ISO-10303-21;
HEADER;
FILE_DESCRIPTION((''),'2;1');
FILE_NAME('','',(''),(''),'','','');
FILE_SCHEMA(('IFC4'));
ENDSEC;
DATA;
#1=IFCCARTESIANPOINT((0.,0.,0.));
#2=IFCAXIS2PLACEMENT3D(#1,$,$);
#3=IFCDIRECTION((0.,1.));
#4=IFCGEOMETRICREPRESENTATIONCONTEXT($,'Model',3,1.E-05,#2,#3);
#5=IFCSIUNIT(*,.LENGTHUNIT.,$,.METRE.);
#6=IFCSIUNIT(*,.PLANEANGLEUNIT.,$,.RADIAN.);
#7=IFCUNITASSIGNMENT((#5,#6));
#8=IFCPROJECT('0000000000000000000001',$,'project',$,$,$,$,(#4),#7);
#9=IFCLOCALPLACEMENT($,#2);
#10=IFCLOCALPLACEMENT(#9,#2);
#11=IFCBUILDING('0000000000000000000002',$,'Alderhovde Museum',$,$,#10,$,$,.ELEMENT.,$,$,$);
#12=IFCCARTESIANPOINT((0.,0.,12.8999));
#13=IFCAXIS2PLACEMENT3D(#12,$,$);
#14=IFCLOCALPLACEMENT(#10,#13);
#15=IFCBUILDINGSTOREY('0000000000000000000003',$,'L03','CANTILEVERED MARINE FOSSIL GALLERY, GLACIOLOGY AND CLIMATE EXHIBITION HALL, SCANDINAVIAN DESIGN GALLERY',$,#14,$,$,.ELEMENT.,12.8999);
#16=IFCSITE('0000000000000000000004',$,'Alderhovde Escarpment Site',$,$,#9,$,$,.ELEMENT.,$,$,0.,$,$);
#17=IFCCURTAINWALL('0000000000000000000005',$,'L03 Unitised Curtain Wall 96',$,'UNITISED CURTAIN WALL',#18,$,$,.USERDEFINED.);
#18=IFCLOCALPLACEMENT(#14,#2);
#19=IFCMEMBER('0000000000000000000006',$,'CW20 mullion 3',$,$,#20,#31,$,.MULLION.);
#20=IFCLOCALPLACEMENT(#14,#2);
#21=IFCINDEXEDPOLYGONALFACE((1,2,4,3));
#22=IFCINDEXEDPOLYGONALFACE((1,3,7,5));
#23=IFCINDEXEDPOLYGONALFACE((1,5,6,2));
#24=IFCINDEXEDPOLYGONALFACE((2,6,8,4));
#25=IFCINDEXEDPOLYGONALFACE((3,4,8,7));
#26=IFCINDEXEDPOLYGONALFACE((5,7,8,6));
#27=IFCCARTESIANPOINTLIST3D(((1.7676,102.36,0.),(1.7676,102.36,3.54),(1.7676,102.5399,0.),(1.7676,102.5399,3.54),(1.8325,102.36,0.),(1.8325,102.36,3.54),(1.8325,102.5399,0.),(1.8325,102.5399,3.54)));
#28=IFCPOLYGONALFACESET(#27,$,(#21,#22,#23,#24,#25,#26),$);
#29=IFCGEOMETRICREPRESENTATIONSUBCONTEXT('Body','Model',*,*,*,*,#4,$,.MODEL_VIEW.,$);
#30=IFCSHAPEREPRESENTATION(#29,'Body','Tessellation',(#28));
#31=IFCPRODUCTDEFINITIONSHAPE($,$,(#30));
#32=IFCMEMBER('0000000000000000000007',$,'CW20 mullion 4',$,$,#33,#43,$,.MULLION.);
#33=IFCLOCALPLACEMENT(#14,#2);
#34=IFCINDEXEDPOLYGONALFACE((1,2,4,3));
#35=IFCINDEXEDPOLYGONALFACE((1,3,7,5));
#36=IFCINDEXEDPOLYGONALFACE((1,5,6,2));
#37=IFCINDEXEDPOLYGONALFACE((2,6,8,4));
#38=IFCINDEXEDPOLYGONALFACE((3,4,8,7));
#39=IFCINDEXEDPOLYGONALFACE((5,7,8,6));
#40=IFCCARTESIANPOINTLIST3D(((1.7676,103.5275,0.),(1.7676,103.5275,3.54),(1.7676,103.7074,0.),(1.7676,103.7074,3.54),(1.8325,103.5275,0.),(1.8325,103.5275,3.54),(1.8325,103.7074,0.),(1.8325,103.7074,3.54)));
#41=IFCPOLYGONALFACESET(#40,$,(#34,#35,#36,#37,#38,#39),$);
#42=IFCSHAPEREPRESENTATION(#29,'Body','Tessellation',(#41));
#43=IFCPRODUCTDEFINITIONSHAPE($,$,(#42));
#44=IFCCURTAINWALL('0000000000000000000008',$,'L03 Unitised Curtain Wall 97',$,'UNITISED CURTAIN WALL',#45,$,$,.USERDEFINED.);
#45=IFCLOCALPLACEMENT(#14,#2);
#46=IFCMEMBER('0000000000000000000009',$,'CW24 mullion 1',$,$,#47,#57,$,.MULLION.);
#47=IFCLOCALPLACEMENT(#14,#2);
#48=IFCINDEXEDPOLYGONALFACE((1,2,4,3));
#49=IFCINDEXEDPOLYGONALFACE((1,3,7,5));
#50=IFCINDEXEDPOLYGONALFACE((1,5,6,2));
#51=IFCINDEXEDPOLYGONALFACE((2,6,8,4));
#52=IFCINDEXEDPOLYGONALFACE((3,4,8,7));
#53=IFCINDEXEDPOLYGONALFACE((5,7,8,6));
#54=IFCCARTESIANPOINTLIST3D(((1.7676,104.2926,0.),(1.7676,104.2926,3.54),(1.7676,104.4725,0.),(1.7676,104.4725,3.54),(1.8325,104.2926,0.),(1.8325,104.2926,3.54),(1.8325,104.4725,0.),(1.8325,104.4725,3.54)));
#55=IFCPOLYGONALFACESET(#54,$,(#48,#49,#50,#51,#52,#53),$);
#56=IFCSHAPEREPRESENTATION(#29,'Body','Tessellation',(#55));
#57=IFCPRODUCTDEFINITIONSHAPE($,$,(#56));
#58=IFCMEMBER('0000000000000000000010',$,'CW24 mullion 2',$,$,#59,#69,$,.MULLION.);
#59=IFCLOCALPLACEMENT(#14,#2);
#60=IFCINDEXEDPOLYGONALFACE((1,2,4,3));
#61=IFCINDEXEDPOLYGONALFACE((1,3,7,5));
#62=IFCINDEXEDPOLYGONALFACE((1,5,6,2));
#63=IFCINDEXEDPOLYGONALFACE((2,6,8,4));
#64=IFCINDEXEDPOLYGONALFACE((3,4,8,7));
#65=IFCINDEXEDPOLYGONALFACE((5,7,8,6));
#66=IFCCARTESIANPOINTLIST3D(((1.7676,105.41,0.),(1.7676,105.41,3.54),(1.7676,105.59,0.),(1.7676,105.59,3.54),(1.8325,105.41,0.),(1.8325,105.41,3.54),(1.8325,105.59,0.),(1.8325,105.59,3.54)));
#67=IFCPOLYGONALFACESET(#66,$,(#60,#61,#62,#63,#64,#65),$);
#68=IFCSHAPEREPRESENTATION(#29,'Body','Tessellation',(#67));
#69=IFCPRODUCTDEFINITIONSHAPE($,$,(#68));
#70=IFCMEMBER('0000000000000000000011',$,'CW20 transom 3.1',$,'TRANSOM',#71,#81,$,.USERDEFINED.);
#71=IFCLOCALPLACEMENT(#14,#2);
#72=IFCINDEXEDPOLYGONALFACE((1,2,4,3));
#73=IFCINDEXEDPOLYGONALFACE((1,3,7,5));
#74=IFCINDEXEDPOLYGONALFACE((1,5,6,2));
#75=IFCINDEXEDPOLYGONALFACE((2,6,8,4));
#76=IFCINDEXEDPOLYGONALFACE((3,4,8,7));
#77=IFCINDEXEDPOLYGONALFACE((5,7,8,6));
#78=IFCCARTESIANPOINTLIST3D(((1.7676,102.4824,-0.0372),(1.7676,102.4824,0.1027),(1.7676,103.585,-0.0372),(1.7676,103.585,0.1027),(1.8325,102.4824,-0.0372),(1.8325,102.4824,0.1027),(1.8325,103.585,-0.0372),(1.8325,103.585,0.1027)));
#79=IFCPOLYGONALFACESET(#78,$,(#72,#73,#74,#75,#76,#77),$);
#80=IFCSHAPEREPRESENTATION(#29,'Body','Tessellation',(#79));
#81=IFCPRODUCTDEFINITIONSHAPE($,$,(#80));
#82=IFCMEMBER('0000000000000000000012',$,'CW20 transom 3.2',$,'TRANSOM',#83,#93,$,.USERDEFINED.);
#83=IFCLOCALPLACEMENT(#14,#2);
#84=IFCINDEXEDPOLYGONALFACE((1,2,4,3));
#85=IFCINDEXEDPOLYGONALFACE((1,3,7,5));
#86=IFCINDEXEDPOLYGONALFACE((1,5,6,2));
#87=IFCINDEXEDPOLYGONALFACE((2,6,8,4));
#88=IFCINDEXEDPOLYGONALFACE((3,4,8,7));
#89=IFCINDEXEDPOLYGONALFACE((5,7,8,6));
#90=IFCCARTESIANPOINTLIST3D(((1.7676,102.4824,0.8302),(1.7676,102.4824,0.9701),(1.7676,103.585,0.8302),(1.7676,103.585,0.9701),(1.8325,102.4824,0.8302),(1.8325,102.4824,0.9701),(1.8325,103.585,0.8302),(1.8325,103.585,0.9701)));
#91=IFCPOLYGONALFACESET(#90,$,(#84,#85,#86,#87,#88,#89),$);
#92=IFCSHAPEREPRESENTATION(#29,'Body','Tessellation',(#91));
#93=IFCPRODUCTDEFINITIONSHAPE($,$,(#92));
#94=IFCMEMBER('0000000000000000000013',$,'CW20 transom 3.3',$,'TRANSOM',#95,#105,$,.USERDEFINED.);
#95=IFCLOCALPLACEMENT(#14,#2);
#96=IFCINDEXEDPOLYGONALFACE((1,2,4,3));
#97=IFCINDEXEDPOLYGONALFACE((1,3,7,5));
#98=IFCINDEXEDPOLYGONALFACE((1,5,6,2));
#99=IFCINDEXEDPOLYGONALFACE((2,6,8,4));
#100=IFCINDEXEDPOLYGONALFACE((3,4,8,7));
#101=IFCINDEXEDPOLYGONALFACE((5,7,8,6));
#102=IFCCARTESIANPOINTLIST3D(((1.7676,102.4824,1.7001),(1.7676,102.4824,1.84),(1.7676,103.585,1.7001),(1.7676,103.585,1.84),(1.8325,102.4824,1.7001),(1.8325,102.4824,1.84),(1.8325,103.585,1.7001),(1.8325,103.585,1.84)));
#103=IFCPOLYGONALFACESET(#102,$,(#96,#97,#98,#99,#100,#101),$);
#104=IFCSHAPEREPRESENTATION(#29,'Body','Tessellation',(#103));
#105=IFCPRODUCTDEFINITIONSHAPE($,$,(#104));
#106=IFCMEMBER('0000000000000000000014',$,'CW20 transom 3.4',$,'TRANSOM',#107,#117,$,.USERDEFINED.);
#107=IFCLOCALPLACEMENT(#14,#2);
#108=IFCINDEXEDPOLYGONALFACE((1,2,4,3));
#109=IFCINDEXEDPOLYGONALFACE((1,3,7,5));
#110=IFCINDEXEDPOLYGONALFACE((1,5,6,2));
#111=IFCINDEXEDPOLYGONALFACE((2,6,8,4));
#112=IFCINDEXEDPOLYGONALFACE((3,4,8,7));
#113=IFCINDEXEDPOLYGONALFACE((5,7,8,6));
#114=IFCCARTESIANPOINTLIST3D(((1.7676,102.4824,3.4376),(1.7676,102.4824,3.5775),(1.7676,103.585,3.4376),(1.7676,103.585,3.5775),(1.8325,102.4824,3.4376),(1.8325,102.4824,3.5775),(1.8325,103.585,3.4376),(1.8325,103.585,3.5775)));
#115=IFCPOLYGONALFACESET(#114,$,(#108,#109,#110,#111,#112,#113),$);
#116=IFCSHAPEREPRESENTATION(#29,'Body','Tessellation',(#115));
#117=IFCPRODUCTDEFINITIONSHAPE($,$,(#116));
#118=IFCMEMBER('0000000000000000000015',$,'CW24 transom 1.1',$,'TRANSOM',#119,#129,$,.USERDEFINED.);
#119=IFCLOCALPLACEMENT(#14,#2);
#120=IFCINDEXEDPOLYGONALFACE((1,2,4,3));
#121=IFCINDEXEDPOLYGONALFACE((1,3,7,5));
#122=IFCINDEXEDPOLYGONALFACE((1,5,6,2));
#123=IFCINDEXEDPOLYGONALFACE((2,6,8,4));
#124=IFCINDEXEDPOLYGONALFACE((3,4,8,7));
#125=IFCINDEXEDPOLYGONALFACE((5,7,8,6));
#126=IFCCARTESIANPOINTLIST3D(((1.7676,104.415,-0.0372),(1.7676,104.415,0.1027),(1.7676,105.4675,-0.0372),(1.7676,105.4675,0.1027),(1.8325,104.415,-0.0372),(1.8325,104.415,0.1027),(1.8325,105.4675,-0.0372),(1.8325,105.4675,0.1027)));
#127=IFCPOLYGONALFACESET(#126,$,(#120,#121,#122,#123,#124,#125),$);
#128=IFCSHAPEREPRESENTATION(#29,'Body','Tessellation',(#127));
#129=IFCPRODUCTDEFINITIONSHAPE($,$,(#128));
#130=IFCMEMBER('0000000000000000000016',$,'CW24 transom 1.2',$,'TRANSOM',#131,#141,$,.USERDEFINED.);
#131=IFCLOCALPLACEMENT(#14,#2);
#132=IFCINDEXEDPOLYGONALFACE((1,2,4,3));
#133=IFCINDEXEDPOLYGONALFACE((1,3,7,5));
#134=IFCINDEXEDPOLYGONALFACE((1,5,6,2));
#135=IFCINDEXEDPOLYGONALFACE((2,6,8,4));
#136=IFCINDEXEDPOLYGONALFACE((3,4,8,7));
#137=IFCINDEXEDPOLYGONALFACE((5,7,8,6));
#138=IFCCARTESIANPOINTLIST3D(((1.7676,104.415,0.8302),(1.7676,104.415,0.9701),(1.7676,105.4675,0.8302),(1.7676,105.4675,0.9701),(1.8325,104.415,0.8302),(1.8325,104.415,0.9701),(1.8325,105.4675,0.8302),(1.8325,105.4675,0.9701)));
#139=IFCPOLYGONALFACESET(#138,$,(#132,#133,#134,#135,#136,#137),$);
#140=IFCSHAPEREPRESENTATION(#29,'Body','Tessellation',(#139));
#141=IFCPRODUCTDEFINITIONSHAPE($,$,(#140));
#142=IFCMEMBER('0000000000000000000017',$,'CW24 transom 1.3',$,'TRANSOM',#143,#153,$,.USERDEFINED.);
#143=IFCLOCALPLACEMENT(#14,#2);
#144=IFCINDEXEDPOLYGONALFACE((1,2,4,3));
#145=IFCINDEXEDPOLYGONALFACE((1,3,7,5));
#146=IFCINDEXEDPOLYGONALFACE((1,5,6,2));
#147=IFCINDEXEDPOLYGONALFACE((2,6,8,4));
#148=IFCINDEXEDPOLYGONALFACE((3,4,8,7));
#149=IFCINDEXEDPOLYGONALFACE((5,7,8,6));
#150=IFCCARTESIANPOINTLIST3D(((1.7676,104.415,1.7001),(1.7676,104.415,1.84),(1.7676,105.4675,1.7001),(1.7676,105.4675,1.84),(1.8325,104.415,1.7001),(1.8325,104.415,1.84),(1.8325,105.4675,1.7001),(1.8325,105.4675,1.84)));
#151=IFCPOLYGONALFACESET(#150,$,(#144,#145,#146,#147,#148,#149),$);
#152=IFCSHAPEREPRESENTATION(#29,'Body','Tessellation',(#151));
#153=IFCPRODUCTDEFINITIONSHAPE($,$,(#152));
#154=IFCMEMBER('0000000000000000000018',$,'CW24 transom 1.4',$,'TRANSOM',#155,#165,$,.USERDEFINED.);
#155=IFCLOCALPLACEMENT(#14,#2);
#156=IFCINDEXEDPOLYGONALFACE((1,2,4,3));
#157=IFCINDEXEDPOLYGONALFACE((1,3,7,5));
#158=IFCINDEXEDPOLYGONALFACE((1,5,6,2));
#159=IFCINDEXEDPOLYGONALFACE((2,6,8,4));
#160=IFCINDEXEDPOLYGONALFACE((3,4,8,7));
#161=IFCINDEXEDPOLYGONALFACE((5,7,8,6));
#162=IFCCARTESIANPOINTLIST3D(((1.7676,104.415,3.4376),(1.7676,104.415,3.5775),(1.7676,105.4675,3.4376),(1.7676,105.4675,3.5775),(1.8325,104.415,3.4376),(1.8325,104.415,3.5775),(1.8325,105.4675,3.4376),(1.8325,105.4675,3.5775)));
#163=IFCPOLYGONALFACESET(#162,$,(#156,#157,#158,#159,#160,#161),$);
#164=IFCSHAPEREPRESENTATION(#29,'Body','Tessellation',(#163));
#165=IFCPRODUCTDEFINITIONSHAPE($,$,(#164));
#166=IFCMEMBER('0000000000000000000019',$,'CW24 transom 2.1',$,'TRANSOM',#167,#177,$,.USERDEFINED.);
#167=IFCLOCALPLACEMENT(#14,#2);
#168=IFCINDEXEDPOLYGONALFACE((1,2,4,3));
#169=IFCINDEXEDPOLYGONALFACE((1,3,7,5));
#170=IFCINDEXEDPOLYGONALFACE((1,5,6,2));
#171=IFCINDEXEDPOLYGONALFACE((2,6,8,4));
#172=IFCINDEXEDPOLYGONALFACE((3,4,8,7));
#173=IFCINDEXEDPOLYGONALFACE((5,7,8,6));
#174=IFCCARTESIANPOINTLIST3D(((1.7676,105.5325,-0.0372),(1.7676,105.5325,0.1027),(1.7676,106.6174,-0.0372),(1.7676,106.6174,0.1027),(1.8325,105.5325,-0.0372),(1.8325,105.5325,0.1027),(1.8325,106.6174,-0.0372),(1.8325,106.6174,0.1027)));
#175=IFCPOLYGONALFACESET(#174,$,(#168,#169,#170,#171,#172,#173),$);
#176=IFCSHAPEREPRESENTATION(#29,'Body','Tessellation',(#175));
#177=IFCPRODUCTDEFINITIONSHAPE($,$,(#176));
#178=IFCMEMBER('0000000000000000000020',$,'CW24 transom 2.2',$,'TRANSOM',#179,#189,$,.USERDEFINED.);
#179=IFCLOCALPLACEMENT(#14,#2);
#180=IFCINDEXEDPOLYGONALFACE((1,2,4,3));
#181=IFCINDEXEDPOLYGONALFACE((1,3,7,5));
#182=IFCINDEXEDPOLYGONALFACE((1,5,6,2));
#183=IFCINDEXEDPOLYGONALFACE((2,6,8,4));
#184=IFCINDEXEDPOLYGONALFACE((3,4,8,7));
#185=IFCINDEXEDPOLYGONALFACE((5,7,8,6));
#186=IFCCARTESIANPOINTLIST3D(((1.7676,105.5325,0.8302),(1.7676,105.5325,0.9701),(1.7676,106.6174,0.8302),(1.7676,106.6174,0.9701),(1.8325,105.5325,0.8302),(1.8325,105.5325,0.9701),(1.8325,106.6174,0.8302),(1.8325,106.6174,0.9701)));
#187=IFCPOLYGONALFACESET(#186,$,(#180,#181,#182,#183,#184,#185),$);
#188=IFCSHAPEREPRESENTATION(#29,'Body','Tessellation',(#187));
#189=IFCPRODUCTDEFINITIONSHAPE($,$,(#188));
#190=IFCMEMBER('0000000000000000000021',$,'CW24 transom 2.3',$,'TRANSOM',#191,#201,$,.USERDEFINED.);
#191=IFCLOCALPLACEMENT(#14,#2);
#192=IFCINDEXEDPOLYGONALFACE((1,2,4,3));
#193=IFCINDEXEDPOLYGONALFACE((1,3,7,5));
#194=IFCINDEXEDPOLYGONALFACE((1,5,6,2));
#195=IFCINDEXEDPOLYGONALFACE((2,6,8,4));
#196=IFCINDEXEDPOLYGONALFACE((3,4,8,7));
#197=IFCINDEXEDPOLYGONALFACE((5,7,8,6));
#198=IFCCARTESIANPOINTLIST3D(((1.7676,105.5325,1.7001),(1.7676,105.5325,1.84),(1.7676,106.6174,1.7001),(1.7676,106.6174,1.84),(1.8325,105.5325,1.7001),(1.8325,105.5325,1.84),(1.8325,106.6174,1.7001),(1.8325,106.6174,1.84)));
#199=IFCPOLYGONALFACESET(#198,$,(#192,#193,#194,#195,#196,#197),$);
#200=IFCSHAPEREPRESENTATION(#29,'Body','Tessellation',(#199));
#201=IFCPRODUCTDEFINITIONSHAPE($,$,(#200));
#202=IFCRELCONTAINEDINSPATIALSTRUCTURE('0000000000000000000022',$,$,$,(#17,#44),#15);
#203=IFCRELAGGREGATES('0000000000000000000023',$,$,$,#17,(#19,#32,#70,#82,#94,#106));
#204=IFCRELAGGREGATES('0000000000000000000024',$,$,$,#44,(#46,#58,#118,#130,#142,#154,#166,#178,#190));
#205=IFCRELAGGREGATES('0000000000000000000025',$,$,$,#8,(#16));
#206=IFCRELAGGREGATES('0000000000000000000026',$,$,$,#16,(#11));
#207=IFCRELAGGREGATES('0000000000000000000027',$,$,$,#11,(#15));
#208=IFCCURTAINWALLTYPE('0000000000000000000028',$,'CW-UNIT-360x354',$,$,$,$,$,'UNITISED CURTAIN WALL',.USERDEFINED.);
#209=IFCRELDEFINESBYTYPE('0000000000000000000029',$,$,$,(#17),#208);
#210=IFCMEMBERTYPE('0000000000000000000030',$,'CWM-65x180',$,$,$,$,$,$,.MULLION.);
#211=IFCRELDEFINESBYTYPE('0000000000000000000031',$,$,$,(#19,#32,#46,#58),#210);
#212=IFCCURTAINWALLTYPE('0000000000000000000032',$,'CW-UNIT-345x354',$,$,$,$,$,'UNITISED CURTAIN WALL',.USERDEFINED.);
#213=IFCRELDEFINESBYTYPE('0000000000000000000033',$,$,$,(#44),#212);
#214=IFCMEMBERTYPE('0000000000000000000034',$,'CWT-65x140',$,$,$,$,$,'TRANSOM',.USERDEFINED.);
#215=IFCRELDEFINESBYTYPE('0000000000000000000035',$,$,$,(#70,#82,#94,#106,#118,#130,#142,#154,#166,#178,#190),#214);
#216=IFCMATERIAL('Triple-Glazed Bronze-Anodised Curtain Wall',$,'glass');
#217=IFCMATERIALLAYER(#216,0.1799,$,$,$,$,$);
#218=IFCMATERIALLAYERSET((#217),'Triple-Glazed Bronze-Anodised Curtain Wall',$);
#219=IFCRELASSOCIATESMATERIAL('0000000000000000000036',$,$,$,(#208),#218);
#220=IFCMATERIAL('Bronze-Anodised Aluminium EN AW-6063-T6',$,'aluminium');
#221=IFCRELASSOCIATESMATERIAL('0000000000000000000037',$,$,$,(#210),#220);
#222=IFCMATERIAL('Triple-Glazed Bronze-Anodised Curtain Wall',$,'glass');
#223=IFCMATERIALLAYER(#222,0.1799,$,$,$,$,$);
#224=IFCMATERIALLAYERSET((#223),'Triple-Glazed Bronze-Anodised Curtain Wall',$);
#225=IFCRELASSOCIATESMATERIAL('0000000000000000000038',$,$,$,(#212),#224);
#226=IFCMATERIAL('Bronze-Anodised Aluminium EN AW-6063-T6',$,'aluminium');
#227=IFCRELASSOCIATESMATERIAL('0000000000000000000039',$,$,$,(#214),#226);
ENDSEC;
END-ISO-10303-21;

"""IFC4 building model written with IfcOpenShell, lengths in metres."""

from ifc_helpers import new_model, si_unit, direction, frame, origin, origin_2d, place, context, subcontext, project, spatial, rectangle, extrude, material, layer, layer_set, material_profile, profile_set, type_object, element, aggregate, save


model = new_model("IFC4")

# Units and contexts
model_context = context("Model", 3, precision=1e-05, world=origin(), true_north=direction((0.0, 1.0)))
body_context = subcontext(model_context, "Body", "Model", "MODEL_VIEW")
ifc_project = project(units=[si_unit("LENGTHUNIT", "METRE"), si_unit("PLANEANGLEUNIT", "RADIAN")], contexts=[model_context])

# Site, building, storey
site_placement = place(None, origin())
site = spatial("IfcSite", under=ifc_project, at=site_placement, Name="Alderhovde Escarpment Site", CompositionType="ELEMENT", RefElevation=0.0)
building_placement = place(site_placement, origin())
building = spatial("IfcBuilding", under=site, at=building_placement, Name="Alderhovde Museum", CompositionType="ELEMENT")
storey_placement = place(building_placement, frame((0.0, 0.0, 12.8999)))
storey = spatial("IfcBuildingStorey", under=building, at=storey_placement, Name="L03", Description="CANTILEVERED MARINE FOSSIL GALLERY, GLACIOLOGY AND CLIMATE EXHIBITION HALL, SCANDINAVIAN DESIGN GALLERY", CompositionType="ELEMENT", Elevation=12.8999)

# Curtain walls, members
ifc_material_1 = material(Name="Triple-Glazed Bronze-Anodised Curtain Wall", Category="glass")
ifc_layer_1 = layer(ifc_material_1, 0.1799)
ifc_layer_set_1 = layer_set([ifc_layer_1], Name="Triple-Glazed Bronze-Anodised Curtain Wall")
curtain_wall_type_1 = type_object("IfcCurtainWallType", Name="CW-UNIT-360x354", ElementType="UNITISED CURTAIN WALL", PredefinedType="USERDEFINED", material=ifc_layer_set_1)
curtain_wall_1_placement = place(storey_placement, origin())
curtain_wall_1 = element("IfcCurtainWall", 1, at=curtain_wall_1_placement, inside=storey, type_object=curtain_wall_type_1, Name="L03 Unitised Curtain Wall 96", ObjectType="UNITISED CURTAIN WALL", PredefinedType="USERDEFINED")
ifc_material_2 = material(Name="Bronze-Anodised Aluminium EN AW-6063-T6", Category="aluminium")
ifc_material_profile_1 = material_profile(ifc_material_2, rectangle(XDim=0.0649, YDim=0.1799, at=origin_2d()), Name="MULLION 65x180")
ifc_profile_set_1 = profile_set([ifc_material_profile_1], Name="Bronze-Anodised Aluminium EN AW-6063-T6")
member_type_1 = type_object("IfcMemberType", Name="CWM-65x180", PredefinedType="MULLION", material=ifc_profile_set_1)
member_1_placement = place(storey_placement, frame((1.8, 102.45, 0.0), z_axis=(0.0, 0.0, 1.0), x_axis=(-1.0, 0.0, 0.0)))
member_1 = element("IfcMember", 2, at=member_1_placement, type_object=member_type_1, Name="CW20 mullion 3", PredefinedType="MULLION", context=body_context, shape_type="SweptSolid", body=[
    extrude(rectangle(XDim=0.0649, YDim=0.1799, at=origin_2d()), origin(), (0.0, 0.0, 1.0), 3.54),
])
member_2_placement = place(storey_placement, frame((1.8, 103.6174, 0.0), z_axis=(0.0, 0.0, 1.0), x_axis=(-1.0, 0.0, 0.0)))
member_2 = element("IfcMember", 3, at=member_2_placement, type_object=member_type_1, Name="CW20 mullion 4", PredefinedType="MULLION", context=body_context, shape_type="SweptSolid", body=[
    extrude(rectangle(XDim=0.0649, YDim=0.1799, at=origin_2d()), origin(), (0.0, 0.0, 1.0), 3.54),
])
ifc_material_3 = material(Name="Triple-Glazed Bronze-Anodised Curtain Wall", Category="glass")
ifc_layer_2 = layer(ifc_material_3, 0.1799)
ifc_layer_set_2 = layer_set([ifc_layer_2], Name="Triple-Glazed Bronze-Anodised Curtain Wall")
curtain_wall_type_2 = type_object("IfcCurtainWallType", Name="CW-UNIT-345x354", ElementType="UNITISED CURTAIN WALL", PredefinedType="USERDEFINED", material=ifc_layer_set_2)
curtain_wall_2_placement = place(storey_placement, origin())
curtain_wall_2 = element("IfcCurtainWall", 4, at=curtain_wall_2_placement, inside=storey, type_object=curtain_wall_type_2, Name="L03 Unitised Curtain Wall 97", ObjectType="UNITISED CURTAIN WALL", PredefinedType="USERDEFINED")
member_3_placement = place(storey_placement, frame((1.8, 104.3826, 0.0), z_axis=(0.0, 0.0, 1.0), x_axis=(-1.0, 0.0, 0.0)))
member_3 = element("IfcMember", 5, at=member_3_placement, type_object=member_type_1, Name="CW24 mullion 1", PredefinedType="MULLION", context=body_context, shape_type="SweptSolid", body=[
    extrude(rectangle(XDim=0.0649, YDim=0.1799, at=origin_2d()), origin(), (0.0, 0.0, 1.0), 3.54),
])
member_4_placement = place(storey_placement, frame((1.8, 105.5, 0.0), z_axis=(0.0, 0.0, 1.0), x_axis=(-1.0, 0.0, 0.0)))
member_4 = element("IfcMember", 6, at=member_4_placement, type_object=member_type_1, Name="CW24 mullion 2", PredefinedType="MULLION", context=body_context, shape_type="SweptSolid", body=[
    extrude(rectangle(XDim=0.0649, YDim=0.1799, at=origin_2d()), origin(), (0.0, 0.0, 1.0), 3.54),
])

# Members
ifc_material_4 = material(Name="Bronze-Anodised Aluminium EN AW-6063-T6", Category="aluminium")
ifc_material_profile_2 = material_profile(ifc_material_4, rectangle(XDim=0.0649, YDim=0.1399, at=origin_2d()), Name="TRANSOM 65x140")
ifc_profile_set_2 = profile_set([ifc_material_profile_2], Name="Bronze-Anodised Aluminium EN AW-6063-T6")
member_type_2 = type_object("IfcMemberType", Name="CWT-65x140", ElementType="TRANSOM", PredefinedType="USERDEFINED", material=ifc_profile_set_2)
member_5_placement = place(storey_placement, frame((1.8, 102.4824, 0.0327), z_axis=(0.0, 1.0, 0.0), x_axis=(-1.0, 0.0, 0.0)))
member_5 = element("IfcMember", 7, at=member_5_placement, type_object=member_type_2, Name="CW20 transom 3.1", ObjectType="TRANSOM", PredefinedType="USERDEFINED", context=body_context, shape_type="SweptSolid", body=[
    extrude(rectangle(XDim=0.0649, YDim=0.1399, at=origin_2d()), origin(), (0.0, 0.0, 1.0), 1.1025),
])
member_6_placement = place(storey_placement, frame((1.8, 102.4824, 0.9001), z_axis=(0.0, 1.0, 0.0), x_axis=(-1.0, 0.0, 0.0)))
member_6 = element("IfcMember", 8, at=member_6_placement, type_object=member_type_2, Name="CW20 transom 3.2", ObjectType="TRANSOM", PredefinedType="USERDEFINED", context=body_context, shape_type="SweptSolid", body=[
    extrude(rectangle(XDim=0.0649, YDim=0.1399, at=origin_2d()), origin(), (0.0, 0.0, 1.0), 1.1025),
])
member_7_placement = place(storey_placement, frame((1.8, 102.4824, 1.77), z_axis=(0.0, 1.0, 0.0), x_axis=(-1.0, 0.0, 0.0)))
member_7 = element("IfcMember", 9, at=member_7_placement, type_object=member_type_2, Name="CW20 transom 3.3", ObjectType="TRANSOM", PredefinedType="USERDEFINED", context=body_context, shape_type="SweptSolid", body=[
    extrude(rectangle(XDim=0.0649, YDim=0.1399, at=origin_2d()), origin(), (0.0, 0.0, 1.0), 1.1025),
])
member_8_placement = place(storey_placement, frame((1.8, 102.4824, 3.5076), z_axis=(0.0, 1.0, 0.0), x_axis=(-1.0, 0.0, 0.0)))
member_8 = element("IfcMember", 10, at=member_8_placement, type_object=member_type_2, Name="CW20 transom 3.4", ObjectType="TRANSOM", PredefinedType="USERDEFINED", context=body_context, shape_type="SweptSolid", body=[
    extrude(rectangle(XDim=0.0649, YDim=0.1399, at=origin_2d()), origin(), (0.0, 0.0, 1.0), 1.1025),
])
member_9_placement = place(storey_placement, frame((1.8, 104.415, 0.0327), z_axis=(0.0, 1.0, 0.0), x_axis=(-1.0, 0.0, 0.0)))
member_9 = element("IfcMember", 11, at=member_9_placement, type_object=member_type_2, Name="CW24 transom 1.1", ObjectType="TRANSOM", PredefinedType="USERDEFINED", context=body_context, shape_type="SweptSolid", body=[
    extrude(rectangle(XDim=0.0649, YDim=0.1399, at=origin_2d()), origin(), (0.0, 0.0, 1.0), 1.0525),
])
member_10_placement = place(storey_placement, frame((1.8, 104.415, 0.9001), z_axis=(0.0, 1.0, 0.0), x_axis=(-1.0, 0.0, 0.0)))
member_10 = element("IfcMember", 12, at=member_10_placement, type_object=member_type_2, Name="CW24 transom 1.2", ObjectType="TRANSOM", PredefinedType="USERDEFINED", context=body_context, shape_type="SweptSolid", body=[
    extrude(rectangle(XDim=0.0649, YDim=0.1399, at=origin_2d()), origin(), (0.0, 0.0, 1.0), 1.0525),
])
member_11_placement = place(storey_placement, frame((1.8, 104.415, 1.77), z_axis=(0.0, 1.0, 0.0), x_axis=(-1.0, 0.0, 0.0)))
member_11 = element("IfcMember", 13, at=member_11_placement, type_object=member_type_2, Name="CW24 transom 1.3", ObjectType="TRANSOM", PredefinedType="USERDEFINED", context=body_context, shape_type="SweptSolid", body=[
    extrude(rectangle(XDim=0.0649, YDim=0.1399, at=origin_2d()), origin(), (0.0, 0.0, 1.0), 1.0525),
])
member_12_placement = place(storey_placement, frame((1.8, 104.415, 3.5076), z_axis=(0.0, 1.0, 0.0), x_axis=(-1.0, 0.0, 0.0)))
member_12 = element("IfcMember", 14, at=member_12_placement, type_object=member_type_2, Name="CW24 transom 1.4", ObjectType="TRANSOM", PredefinedType="USERDEFINED", context=body_context, shape_type="SweptSolid", body=[
    extrude(rectangle(XDim=0.0649, YDim=0.1399, at=origin_2d()), origin(), (0.0, 0.0, 1.0), 1.0525),
])
member_13_placement = place(storey_placement, frame((1.8, 105.5325, 0.0327), z_axis=(0.0, 1.0, 0.0), x_axis=(-1.0, 0.0, 0.0)))
member_13 = element("IfcMember", 15, at=member_13_placement, type_object=member_type_2, Name="CW24 transom 2.1", ObjectType="TRANSOM", PredefinedType="USERDEFINED", context=body_context, shape_type="SweptSolid", body=[
    extrude(rectangle(XDim=0.0649, YDim=0.1399, at=origin_2d()), origin(), (0.0, 0.0, 1.0), 1.085),
])
member_14_placement = place(storey_placement, frame((1.8, 105.5325, 0.9001), z_axis=(0.0, 1.0, 0.0), x_axis=(-1.0, 0.0, 0.0)))
member_14 = element("IfcMember", 16, at=member_14_placement, type_object=member_type_2, Name="CW24 transom 2.2", ObjectType="TRANSOM", PredefinedType="USERDEFINED", context=body_context, shape_type="SweptSolid", body=[
    extrude(rectangle(XDim=0.0649, YDim=0.1399, at=origin_2d()), origin(), (0.0, 0.0, 1.0), 1.085),
])
member_15_placement = place(storey_placement, frame((1.8, 105.5325, 1.77), z_axis=(0.0, 1.0, 0.0), x_axis=(-1.0, 0.0, 0.0)))
member_15 = element("IfcMember", 17, at=member_15_placement, type_object=member_type_2, Name="CW24 transom 2.3", ObjectType="TRANSOM", PredefinedType="USERDEFINED", context=body_context, shape_type="SweptSolid", body=[
    extrude(rectangle(XDim=0.0649, YDim=0.1399, at=origin_2d()), origin(), (0.0, 0.0, 1.0), 1.085),
])

aggregate(curtain_wall_1, [member_1, member_2, member_5, member_6, member_7, member_8])
aggregate(curtain_wall_2, [member_3, member_4, member_9, member_10, member_11, member_12, member_13, member_14, member_15])

save(model, "model.ifc")
